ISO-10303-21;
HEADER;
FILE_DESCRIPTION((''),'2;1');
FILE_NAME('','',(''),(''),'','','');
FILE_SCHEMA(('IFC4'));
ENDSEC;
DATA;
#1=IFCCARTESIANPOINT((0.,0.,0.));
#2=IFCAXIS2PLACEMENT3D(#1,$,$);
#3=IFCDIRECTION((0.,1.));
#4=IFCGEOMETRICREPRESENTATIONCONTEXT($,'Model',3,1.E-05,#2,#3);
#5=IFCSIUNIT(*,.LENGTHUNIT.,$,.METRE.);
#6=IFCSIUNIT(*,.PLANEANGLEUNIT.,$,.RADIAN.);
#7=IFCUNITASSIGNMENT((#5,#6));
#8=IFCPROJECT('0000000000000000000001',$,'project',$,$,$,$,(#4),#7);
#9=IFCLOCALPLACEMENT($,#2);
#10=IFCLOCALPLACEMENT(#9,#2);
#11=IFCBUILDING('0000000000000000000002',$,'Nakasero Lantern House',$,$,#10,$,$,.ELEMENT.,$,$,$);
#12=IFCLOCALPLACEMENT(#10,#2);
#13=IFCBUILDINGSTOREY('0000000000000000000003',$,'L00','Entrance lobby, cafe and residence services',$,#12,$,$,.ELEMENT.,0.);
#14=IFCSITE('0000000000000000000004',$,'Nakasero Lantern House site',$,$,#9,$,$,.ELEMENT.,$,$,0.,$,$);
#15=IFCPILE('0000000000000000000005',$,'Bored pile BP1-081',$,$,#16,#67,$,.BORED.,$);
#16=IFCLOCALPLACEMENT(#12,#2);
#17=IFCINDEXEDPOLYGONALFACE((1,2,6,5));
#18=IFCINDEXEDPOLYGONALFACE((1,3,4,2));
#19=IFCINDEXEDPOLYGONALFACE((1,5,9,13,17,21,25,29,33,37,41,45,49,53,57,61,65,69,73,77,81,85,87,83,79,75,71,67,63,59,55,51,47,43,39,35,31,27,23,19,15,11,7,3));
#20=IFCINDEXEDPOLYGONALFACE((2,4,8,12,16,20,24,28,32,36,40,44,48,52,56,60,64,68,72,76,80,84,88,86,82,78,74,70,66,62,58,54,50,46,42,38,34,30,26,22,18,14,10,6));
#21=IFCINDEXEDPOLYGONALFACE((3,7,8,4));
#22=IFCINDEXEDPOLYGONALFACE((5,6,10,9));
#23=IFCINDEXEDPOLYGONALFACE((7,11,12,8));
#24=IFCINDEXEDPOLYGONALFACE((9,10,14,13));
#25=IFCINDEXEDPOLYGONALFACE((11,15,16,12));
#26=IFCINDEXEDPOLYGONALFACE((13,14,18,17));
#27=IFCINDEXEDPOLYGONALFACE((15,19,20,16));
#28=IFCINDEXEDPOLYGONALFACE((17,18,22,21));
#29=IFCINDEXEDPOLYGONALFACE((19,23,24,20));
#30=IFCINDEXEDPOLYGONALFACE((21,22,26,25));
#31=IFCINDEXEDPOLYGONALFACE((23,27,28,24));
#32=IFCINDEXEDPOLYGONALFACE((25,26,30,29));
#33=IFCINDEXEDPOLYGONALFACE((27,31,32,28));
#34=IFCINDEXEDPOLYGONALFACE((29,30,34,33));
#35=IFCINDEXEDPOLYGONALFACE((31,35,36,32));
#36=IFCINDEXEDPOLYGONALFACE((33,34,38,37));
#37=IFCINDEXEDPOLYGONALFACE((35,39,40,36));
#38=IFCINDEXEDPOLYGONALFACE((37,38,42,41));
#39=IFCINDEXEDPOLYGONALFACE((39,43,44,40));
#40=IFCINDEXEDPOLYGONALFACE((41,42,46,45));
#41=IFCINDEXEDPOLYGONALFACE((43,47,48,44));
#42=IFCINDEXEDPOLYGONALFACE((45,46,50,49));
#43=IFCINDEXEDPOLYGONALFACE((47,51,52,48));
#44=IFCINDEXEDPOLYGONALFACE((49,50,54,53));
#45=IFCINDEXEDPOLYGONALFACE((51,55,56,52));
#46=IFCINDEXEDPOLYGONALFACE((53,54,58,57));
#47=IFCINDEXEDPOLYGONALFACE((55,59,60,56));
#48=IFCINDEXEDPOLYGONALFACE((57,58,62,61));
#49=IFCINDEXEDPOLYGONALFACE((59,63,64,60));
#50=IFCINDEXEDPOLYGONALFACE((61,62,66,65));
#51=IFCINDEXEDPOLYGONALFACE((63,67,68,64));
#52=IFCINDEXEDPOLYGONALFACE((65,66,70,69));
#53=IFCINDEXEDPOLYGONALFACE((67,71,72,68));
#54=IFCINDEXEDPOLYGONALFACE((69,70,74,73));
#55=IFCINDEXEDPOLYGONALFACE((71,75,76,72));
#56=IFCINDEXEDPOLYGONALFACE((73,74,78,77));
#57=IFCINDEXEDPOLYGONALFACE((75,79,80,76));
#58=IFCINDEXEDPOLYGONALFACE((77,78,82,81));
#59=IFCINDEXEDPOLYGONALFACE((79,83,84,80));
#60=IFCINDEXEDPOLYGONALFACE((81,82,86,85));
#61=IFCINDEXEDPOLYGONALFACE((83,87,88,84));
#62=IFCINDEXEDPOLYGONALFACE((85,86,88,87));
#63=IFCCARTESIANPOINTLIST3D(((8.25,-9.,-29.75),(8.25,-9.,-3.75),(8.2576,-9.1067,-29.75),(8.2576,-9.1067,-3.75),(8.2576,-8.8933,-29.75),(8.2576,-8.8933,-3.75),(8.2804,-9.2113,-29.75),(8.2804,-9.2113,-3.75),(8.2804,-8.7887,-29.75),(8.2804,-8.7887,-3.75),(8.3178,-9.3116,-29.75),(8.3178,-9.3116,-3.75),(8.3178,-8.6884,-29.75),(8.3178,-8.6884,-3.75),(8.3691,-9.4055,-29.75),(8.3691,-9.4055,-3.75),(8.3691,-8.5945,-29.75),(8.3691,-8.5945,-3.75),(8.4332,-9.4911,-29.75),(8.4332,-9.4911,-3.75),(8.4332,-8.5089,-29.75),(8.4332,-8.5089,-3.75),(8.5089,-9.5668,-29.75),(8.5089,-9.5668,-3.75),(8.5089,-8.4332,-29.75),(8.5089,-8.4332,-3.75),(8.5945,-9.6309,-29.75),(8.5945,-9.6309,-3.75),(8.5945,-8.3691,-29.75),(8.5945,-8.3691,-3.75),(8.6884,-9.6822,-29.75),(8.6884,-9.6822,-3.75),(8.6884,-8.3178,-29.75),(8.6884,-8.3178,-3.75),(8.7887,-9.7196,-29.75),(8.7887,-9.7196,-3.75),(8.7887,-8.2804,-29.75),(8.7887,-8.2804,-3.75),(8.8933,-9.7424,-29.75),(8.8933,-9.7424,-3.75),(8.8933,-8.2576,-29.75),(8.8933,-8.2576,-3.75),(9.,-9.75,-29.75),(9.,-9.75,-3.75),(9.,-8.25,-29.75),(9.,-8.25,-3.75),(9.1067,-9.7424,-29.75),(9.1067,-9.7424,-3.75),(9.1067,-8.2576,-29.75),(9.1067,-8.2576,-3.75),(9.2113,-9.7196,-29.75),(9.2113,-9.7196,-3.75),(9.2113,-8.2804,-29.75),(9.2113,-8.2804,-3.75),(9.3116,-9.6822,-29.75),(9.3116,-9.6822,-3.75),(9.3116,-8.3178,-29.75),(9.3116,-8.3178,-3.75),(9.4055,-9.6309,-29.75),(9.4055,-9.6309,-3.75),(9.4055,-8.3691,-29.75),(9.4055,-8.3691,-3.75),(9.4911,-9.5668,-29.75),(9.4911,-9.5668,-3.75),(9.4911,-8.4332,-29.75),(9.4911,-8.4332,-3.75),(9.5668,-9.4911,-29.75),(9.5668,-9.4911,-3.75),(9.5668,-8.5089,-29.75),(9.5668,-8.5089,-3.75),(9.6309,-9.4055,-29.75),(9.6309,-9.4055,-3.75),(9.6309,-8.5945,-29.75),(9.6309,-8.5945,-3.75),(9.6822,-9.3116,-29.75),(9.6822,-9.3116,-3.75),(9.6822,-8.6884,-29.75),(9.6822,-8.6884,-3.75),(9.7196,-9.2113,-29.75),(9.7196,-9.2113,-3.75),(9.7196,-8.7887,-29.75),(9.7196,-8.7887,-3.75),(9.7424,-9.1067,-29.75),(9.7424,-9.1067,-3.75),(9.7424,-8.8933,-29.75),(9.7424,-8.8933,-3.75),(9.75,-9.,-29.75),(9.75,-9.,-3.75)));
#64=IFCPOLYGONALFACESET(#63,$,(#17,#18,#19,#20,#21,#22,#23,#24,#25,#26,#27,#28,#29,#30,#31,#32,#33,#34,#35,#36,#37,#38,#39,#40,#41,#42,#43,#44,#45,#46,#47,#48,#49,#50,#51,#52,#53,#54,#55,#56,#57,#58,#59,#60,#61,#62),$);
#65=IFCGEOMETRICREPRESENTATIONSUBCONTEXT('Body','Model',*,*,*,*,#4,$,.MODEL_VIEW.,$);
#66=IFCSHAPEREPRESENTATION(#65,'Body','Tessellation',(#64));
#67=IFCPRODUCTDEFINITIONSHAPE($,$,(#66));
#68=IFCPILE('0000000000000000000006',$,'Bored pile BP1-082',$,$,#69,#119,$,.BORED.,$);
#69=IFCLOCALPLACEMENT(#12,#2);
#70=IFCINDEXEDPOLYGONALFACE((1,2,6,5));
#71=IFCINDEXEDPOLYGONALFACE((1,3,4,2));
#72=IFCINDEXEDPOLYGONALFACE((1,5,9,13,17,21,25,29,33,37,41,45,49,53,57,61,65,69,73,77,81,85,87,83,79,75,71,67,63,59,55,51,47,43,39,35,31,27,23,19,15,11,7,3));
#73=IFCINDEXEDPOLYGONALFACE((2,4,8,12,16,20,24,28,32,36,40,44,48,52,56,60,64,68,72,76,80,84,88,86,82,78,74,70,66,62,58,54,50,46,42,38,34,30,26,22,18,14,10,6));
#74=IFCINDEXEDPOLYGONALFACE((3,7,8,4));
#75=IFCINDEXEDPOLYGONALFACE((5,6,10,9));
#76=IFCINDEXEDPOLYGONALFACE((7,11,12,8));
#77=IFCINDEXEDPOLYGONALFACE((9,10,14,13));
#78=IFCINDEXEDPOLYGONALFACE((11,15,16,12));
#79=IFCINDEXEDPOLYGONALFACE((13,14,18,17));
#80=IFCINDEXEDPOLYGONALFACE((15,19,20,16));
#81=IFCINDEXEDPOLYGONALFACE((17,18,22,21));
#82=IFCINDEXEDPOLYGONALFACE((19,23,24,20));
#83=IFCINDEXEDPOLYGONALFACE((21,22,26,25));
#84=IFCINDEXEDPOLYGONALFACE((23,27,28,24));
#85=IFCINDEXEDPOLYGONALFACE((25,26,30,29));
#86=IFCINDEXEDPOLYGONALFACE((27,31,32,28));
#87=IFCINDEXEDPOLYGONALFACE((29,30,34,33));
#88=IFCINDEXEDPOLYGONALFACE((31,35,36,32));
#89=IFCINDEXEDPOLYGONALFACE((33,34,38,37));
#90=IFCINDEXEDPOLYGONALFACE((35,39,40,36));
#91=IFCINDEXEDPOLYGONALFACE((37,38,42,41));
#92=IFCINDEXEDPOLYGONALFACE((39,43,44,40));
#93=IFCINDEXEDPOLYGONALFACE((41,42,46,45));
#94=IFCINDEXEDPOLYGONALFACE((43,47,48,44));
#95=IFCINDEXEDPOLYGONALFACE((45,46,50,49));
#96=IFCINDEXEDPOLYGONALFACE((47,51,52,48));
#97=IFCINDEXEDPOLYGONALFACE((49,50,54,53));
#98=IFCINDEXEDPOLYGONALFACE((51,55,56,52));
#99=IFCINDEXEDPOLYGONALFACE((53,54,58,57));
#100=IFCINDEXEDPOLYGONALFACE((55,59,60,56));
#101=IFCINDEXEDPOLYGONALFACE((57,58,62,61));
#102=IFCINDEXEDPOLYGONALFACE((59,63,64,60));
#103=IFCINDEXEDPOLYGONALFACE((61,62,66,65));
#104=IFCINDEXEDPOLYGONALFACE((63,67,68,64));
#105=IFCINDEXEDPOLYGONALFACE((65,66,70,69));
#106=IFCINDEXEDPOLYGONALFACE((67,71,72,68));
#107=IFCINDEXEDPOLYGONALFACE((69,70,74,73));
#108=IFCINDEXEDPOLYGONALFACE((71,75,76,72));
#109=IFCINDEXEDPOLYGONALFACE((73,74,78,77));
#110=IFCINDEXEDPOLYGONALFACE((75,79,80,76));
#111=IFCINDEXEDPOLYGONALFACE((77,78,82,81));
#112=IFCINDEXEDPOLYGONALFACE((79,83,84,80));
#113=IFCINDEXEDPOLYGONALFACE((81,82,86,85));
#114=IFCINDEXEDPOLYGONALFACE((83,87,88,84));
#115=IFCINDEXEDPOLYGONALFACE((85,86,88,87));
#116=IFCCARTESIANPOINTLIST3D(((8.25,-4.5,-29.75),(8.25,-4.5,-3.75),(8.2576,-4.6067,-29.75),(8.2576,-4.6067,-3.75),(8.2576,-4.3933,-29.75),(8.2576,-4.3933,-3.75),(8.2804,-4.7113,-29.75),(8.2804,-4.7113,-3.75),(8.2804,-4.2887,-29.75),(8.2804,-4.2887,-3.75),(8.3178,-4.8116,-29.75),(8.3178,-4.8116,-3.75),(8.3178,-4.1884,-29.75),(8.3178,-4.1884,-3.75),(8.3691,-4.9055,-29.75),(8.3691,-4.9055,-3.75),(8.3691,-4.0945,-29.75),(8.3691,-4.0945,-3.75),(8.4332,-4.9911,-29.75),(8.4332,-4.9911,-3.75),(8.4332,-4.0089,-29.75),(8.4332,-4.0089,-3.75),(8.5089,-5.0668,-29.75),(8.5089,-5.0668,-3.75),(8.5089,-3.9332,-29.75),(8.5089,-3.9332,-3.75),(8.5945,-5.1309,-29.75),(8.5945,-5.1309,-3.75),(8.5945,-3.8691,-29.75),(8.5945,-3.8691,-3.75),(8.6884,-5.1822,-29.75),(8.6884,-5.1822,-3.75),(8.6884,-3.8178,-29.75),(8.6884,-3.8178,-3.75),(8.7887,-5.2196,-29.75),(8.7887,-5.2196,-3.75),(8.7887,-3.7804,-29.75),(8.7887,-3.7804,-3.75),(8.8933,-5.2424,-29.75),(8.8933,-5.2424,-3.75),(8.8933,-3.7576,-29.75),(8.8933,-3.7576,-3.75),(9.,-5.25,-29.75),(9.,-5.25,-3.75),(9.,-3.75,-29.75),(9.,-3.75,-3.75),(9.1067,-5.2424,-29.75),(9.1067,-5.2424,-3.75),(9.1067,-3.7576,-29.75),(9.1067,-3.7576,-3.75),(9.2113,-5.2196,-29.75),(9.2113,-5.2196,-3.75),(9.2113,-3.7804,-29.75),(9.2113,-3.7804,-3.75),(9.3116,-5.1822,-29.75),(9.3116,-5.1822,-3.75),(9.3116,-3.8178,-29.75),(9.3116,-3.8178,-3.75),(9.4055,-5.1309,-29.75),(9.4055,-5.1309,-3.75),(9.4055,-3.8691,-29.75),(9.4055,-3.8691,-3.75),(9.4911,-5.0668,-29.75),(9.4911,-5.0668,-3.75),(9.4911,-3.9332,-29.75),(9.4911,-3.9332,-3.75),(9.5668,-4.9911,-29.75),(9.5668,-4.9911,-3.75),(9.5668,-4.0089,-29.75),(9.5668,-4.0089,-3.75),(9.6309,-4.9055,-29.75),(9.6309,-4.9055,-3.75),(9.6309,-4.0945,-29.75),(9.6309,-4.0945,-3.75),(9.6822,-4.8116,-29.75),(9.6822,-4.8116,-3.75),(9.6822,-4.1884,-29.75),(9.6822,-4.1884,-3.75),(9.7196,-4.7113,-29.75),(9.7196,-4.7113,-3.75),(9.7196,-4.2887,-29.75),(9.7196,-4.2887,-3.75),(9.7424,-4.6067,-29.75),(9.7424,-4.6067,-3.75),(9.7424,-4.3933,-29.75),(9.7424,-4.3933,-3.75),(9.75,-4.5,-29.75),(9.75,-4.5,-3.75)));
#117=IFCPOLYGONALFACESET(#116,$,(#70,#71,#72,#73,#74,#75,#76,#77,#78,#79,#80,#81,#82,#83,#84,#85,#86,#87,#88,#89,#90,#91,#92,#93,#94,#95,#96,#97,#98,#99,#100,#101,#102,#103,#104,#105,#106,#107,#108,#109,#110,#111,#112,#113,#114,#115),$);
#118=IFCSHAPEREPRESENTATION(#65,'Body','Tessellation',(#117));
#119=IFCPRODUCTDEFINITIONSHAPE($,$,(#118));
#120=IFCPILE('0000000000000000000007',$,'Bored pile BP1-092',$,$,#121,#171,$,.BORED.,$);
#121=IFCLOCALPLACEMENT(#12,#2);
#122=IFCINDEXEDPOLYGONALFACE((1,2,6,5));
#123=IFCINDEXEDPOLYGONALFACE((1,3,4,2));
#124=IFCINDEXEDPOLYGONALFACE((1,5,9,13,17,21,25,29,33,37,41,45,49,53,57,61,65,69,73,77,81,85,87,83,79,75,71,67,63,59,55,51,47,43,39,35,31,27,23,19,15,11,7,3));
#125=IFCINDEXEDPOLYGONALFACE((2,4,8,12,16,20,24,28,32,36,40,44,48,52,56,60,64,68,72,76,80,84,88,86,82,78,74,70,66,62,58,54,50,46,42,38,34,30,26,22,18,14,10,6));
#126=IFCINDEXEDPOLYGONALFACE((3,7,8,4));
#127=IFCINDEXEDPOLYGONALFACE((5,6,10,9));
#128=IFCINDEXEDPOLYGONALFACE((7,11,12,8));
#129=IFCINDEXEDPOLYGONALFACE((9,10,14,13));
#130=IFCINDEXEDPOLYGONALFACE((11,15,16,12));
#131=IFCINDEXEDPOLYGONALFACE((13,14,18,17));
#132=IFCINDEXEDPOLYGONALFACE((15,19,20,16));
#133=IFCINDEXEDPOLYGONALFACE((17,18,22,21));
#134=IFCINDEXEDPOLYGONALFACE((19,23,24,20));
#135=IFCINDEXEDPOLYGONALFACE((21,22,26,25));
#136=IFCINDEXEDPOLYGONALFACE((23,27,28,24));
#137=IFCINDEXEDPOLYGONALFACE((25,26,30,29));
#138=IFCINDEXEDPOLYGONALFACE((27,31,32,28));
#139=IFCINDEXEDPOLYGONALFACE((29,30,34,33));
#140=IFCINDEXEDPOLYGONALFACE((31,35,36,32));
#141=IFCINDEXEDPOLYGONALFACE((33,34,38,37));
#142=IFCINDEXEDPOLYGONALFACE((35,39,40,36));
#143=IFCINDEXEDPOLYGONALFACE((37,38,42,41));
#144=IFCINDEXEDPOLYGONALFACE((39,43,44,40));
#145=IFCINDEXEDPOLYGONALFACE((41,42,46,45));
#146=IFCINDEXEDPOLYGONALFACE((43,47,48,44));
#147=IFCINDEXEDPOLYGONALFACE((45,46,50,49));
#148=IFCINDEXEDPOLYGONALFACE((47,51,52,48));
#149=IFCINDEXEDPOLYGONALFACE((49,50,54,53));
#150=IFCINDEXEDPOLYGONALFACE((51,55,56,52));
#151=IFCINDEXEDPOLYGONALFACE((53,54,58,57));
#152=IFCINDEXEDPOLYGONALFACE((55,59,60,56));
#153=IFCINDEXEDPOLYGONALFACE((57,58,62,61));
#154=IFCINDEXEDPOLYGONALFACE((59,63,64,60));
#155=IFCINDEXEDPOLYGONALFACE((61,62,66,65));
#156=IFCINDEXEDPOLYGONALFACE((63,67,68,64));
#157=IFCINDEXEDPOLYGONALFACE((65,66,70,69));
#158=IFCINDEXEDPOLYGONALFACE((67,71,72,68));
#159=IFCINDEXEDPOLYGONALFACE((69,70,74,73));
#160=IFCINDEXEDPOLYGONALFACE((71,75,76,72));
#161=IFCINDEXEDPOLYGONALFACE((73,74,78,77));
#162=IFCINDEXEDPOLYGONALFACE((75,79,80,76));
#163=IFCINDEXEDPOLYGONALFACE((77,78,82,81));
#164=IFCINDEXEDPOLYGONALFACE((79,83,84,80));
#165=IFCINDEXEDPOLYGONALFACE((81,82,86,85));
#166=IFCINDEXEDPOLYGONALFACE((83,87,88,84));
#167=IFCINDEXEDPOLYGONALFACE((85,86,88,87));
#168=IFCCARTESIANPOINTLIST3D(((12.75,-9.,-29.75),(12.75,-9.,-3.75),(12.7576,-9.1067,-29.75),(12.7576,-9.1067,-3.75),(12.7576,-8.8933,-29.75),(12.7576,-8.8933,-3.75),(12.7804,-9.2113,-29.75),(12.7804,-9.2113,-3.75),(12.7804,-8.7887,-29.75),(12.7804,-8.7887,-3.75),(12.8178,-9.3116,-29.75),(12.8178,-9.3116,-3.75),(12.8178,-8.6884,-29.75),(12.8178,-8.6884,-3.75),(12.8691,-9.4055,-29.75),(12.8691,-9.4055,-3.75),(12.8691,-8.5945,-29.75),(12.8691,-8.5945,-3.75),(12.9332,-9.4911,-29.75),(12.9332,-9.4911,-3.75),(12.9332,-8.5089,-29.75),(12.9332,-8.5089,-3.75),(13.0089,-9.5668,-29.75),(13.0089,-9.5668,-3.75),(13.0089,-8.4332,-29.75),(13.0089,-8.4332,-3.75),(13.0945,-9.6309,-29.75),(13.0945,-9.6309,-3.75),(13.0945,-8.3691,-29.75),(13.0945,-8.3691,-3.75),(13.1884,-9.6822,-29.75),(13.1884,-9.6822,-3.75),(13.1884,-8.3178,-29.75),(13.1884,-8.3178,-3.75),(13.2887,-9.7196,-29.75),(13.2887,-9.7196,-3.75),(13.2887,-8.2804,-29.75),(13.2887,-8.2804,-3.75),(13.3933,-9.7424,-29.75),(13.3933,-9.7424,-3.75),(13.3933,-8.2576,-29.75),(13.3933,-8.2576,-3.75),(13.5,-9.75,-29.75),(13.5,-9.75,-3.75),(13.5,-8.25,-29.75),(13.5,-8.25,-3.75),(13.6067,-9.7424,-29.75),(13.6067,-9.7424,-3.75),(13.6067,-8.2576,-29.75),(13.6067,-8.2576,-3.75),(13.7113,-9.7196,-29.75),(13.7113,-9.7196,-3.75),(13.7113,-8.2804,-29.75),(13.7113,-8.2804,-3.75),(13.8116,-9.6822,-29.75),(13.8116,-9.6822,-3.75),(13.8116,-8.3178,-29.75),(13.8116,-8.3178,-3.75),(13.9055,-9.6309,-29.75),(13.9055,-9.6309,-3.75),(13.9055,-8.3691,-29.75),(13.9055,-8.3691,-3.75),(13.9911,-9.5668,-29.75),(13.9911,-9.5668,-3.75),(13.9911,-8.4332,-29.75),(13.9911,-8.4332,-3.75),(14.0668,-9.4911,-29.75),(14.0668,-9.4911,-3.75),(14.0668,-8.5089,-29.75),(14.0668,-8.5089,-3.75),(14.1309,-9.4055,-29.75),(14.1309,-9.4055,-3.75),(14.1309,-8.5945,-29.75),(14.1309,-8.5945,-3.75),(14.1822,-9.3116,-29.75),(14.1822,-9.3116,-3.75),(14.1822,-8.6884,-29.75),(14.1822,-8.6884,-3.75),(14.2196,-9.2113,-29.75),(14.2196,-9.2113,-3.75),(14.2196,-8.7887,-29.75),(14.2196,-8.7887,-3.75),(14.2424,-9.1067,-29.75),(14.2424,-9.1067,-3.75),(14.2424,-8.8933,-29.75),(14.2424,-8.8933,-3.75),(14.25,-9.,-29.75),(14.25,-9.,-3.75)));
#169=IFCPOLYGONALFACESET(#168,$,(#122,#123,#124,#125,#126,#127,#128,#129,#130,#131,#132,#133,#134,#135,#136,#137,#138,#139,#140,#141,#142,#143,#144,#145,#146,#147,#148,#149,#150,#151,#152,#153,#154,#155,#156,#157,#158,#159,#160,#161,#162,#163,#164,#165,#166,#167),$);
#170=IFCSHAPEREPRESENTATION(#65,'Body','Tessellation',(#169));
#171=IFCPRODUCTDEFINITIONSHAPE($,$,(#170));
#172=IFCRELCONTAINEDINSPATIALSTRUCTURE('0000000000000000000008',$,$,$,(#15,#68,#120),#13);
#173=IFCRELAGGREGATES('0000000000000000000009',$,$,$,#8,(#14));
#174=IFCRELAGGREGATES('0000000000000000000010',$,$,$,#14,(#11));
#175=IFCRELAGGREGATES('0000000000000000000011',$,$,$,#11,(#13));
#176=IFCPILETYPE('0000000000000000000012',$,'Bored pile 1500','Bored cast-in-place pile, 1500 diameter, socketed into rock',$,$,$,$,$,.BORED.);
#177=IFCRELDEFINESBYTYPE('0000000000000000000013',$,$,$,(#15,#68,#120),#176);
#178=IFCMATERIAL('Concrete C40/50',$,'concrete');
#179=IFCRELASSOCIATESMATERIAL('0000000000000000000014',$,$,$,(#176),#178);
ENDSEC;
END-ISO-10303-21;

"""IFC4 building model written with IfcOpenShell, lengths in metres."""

from ifc_helpers import new_model, si_unit, direction, frame, origin, origin_2d, place, context, subcontext, project, spatial, circle, extrude, material, type_object, element, save


model = new_model("IFC4")

# Units and contexts
model_context = context("Model", 3, precision=1e-05, world=origin(), true_north=direction((0.0, 1.0)))
body_context = subcontext(model_context, "Body", "Model", "MODEL_VIEW")
ifc_project = project(units=[si_unit("LENGTHUNIT", "METRE"), si_unit("PLANEANGLEUNIT", "RADIAN")], contexts=[model_context])

# Site, building, storey
site_placement = place(None, origin())
site = spatial("IfcSite", under=ifc_project, at=site_placement, Name="Nakasero Lantern House site", CompositionType="ELEMENT", RefElevation=0.0)
building_placement = place(site_placement, origin())
building = spatial("IfcBuilding", under=site, at=building_placement, Name="Nakasero Lantern House", CompositionType="ELEMENT")
storey_placement = place(building_placement, origin())
storey = spatial("IfcBuildingStorey", under=building, at=storey_placement, Name="L00", Description="Entrance lobby, cafe and residence services", CompositionType="ELEMENT", Elevation=0.0)

# Piles
ifc_material_1 = material(Name="Concrete C40/50", Category="concrete")
pile_type = type_object("IfcPileType", Name="Bored pile 1500", Description="Bored cast-in-place pile, 1500 diameter, socketed into rock", PredefinedType="BORED", material=ifc_material_1)
for number, where, z_axis, x_axis, name in (
    (1, (9.0, -9.0, -3.75), (0.0, 0.0, -1.0), (1.0, 0.0, 0.0), "Bored pile BP1-081"),
    (2, (9.0, -4.5, -3.75), (0.0, 0.0, -1.0), (1.0, 0.0, 0.0), "Bored pile BP1-082"),
    (3, (13.5, -9.0, -3.75), (0.0, 0.0, -1.0), (1.0, 0.0, 0.0), "Bored pile BP1-092"),
):
    element("IfcPile", number, at=place(storey_placement, frame(where, z_axis=z_axis, x_axis=x_axis)), inside=storey, type_object=pile_type, Name=name, PredefinedType="BORED", context=body_context, shape_type="SweptSolid", body=[
        extrude(circle(Radius=0.75, at=origin_2d()), origin(), (0.0, 0.0, 1.0), 26.0),
    ])

save(model, "model.ifc")
